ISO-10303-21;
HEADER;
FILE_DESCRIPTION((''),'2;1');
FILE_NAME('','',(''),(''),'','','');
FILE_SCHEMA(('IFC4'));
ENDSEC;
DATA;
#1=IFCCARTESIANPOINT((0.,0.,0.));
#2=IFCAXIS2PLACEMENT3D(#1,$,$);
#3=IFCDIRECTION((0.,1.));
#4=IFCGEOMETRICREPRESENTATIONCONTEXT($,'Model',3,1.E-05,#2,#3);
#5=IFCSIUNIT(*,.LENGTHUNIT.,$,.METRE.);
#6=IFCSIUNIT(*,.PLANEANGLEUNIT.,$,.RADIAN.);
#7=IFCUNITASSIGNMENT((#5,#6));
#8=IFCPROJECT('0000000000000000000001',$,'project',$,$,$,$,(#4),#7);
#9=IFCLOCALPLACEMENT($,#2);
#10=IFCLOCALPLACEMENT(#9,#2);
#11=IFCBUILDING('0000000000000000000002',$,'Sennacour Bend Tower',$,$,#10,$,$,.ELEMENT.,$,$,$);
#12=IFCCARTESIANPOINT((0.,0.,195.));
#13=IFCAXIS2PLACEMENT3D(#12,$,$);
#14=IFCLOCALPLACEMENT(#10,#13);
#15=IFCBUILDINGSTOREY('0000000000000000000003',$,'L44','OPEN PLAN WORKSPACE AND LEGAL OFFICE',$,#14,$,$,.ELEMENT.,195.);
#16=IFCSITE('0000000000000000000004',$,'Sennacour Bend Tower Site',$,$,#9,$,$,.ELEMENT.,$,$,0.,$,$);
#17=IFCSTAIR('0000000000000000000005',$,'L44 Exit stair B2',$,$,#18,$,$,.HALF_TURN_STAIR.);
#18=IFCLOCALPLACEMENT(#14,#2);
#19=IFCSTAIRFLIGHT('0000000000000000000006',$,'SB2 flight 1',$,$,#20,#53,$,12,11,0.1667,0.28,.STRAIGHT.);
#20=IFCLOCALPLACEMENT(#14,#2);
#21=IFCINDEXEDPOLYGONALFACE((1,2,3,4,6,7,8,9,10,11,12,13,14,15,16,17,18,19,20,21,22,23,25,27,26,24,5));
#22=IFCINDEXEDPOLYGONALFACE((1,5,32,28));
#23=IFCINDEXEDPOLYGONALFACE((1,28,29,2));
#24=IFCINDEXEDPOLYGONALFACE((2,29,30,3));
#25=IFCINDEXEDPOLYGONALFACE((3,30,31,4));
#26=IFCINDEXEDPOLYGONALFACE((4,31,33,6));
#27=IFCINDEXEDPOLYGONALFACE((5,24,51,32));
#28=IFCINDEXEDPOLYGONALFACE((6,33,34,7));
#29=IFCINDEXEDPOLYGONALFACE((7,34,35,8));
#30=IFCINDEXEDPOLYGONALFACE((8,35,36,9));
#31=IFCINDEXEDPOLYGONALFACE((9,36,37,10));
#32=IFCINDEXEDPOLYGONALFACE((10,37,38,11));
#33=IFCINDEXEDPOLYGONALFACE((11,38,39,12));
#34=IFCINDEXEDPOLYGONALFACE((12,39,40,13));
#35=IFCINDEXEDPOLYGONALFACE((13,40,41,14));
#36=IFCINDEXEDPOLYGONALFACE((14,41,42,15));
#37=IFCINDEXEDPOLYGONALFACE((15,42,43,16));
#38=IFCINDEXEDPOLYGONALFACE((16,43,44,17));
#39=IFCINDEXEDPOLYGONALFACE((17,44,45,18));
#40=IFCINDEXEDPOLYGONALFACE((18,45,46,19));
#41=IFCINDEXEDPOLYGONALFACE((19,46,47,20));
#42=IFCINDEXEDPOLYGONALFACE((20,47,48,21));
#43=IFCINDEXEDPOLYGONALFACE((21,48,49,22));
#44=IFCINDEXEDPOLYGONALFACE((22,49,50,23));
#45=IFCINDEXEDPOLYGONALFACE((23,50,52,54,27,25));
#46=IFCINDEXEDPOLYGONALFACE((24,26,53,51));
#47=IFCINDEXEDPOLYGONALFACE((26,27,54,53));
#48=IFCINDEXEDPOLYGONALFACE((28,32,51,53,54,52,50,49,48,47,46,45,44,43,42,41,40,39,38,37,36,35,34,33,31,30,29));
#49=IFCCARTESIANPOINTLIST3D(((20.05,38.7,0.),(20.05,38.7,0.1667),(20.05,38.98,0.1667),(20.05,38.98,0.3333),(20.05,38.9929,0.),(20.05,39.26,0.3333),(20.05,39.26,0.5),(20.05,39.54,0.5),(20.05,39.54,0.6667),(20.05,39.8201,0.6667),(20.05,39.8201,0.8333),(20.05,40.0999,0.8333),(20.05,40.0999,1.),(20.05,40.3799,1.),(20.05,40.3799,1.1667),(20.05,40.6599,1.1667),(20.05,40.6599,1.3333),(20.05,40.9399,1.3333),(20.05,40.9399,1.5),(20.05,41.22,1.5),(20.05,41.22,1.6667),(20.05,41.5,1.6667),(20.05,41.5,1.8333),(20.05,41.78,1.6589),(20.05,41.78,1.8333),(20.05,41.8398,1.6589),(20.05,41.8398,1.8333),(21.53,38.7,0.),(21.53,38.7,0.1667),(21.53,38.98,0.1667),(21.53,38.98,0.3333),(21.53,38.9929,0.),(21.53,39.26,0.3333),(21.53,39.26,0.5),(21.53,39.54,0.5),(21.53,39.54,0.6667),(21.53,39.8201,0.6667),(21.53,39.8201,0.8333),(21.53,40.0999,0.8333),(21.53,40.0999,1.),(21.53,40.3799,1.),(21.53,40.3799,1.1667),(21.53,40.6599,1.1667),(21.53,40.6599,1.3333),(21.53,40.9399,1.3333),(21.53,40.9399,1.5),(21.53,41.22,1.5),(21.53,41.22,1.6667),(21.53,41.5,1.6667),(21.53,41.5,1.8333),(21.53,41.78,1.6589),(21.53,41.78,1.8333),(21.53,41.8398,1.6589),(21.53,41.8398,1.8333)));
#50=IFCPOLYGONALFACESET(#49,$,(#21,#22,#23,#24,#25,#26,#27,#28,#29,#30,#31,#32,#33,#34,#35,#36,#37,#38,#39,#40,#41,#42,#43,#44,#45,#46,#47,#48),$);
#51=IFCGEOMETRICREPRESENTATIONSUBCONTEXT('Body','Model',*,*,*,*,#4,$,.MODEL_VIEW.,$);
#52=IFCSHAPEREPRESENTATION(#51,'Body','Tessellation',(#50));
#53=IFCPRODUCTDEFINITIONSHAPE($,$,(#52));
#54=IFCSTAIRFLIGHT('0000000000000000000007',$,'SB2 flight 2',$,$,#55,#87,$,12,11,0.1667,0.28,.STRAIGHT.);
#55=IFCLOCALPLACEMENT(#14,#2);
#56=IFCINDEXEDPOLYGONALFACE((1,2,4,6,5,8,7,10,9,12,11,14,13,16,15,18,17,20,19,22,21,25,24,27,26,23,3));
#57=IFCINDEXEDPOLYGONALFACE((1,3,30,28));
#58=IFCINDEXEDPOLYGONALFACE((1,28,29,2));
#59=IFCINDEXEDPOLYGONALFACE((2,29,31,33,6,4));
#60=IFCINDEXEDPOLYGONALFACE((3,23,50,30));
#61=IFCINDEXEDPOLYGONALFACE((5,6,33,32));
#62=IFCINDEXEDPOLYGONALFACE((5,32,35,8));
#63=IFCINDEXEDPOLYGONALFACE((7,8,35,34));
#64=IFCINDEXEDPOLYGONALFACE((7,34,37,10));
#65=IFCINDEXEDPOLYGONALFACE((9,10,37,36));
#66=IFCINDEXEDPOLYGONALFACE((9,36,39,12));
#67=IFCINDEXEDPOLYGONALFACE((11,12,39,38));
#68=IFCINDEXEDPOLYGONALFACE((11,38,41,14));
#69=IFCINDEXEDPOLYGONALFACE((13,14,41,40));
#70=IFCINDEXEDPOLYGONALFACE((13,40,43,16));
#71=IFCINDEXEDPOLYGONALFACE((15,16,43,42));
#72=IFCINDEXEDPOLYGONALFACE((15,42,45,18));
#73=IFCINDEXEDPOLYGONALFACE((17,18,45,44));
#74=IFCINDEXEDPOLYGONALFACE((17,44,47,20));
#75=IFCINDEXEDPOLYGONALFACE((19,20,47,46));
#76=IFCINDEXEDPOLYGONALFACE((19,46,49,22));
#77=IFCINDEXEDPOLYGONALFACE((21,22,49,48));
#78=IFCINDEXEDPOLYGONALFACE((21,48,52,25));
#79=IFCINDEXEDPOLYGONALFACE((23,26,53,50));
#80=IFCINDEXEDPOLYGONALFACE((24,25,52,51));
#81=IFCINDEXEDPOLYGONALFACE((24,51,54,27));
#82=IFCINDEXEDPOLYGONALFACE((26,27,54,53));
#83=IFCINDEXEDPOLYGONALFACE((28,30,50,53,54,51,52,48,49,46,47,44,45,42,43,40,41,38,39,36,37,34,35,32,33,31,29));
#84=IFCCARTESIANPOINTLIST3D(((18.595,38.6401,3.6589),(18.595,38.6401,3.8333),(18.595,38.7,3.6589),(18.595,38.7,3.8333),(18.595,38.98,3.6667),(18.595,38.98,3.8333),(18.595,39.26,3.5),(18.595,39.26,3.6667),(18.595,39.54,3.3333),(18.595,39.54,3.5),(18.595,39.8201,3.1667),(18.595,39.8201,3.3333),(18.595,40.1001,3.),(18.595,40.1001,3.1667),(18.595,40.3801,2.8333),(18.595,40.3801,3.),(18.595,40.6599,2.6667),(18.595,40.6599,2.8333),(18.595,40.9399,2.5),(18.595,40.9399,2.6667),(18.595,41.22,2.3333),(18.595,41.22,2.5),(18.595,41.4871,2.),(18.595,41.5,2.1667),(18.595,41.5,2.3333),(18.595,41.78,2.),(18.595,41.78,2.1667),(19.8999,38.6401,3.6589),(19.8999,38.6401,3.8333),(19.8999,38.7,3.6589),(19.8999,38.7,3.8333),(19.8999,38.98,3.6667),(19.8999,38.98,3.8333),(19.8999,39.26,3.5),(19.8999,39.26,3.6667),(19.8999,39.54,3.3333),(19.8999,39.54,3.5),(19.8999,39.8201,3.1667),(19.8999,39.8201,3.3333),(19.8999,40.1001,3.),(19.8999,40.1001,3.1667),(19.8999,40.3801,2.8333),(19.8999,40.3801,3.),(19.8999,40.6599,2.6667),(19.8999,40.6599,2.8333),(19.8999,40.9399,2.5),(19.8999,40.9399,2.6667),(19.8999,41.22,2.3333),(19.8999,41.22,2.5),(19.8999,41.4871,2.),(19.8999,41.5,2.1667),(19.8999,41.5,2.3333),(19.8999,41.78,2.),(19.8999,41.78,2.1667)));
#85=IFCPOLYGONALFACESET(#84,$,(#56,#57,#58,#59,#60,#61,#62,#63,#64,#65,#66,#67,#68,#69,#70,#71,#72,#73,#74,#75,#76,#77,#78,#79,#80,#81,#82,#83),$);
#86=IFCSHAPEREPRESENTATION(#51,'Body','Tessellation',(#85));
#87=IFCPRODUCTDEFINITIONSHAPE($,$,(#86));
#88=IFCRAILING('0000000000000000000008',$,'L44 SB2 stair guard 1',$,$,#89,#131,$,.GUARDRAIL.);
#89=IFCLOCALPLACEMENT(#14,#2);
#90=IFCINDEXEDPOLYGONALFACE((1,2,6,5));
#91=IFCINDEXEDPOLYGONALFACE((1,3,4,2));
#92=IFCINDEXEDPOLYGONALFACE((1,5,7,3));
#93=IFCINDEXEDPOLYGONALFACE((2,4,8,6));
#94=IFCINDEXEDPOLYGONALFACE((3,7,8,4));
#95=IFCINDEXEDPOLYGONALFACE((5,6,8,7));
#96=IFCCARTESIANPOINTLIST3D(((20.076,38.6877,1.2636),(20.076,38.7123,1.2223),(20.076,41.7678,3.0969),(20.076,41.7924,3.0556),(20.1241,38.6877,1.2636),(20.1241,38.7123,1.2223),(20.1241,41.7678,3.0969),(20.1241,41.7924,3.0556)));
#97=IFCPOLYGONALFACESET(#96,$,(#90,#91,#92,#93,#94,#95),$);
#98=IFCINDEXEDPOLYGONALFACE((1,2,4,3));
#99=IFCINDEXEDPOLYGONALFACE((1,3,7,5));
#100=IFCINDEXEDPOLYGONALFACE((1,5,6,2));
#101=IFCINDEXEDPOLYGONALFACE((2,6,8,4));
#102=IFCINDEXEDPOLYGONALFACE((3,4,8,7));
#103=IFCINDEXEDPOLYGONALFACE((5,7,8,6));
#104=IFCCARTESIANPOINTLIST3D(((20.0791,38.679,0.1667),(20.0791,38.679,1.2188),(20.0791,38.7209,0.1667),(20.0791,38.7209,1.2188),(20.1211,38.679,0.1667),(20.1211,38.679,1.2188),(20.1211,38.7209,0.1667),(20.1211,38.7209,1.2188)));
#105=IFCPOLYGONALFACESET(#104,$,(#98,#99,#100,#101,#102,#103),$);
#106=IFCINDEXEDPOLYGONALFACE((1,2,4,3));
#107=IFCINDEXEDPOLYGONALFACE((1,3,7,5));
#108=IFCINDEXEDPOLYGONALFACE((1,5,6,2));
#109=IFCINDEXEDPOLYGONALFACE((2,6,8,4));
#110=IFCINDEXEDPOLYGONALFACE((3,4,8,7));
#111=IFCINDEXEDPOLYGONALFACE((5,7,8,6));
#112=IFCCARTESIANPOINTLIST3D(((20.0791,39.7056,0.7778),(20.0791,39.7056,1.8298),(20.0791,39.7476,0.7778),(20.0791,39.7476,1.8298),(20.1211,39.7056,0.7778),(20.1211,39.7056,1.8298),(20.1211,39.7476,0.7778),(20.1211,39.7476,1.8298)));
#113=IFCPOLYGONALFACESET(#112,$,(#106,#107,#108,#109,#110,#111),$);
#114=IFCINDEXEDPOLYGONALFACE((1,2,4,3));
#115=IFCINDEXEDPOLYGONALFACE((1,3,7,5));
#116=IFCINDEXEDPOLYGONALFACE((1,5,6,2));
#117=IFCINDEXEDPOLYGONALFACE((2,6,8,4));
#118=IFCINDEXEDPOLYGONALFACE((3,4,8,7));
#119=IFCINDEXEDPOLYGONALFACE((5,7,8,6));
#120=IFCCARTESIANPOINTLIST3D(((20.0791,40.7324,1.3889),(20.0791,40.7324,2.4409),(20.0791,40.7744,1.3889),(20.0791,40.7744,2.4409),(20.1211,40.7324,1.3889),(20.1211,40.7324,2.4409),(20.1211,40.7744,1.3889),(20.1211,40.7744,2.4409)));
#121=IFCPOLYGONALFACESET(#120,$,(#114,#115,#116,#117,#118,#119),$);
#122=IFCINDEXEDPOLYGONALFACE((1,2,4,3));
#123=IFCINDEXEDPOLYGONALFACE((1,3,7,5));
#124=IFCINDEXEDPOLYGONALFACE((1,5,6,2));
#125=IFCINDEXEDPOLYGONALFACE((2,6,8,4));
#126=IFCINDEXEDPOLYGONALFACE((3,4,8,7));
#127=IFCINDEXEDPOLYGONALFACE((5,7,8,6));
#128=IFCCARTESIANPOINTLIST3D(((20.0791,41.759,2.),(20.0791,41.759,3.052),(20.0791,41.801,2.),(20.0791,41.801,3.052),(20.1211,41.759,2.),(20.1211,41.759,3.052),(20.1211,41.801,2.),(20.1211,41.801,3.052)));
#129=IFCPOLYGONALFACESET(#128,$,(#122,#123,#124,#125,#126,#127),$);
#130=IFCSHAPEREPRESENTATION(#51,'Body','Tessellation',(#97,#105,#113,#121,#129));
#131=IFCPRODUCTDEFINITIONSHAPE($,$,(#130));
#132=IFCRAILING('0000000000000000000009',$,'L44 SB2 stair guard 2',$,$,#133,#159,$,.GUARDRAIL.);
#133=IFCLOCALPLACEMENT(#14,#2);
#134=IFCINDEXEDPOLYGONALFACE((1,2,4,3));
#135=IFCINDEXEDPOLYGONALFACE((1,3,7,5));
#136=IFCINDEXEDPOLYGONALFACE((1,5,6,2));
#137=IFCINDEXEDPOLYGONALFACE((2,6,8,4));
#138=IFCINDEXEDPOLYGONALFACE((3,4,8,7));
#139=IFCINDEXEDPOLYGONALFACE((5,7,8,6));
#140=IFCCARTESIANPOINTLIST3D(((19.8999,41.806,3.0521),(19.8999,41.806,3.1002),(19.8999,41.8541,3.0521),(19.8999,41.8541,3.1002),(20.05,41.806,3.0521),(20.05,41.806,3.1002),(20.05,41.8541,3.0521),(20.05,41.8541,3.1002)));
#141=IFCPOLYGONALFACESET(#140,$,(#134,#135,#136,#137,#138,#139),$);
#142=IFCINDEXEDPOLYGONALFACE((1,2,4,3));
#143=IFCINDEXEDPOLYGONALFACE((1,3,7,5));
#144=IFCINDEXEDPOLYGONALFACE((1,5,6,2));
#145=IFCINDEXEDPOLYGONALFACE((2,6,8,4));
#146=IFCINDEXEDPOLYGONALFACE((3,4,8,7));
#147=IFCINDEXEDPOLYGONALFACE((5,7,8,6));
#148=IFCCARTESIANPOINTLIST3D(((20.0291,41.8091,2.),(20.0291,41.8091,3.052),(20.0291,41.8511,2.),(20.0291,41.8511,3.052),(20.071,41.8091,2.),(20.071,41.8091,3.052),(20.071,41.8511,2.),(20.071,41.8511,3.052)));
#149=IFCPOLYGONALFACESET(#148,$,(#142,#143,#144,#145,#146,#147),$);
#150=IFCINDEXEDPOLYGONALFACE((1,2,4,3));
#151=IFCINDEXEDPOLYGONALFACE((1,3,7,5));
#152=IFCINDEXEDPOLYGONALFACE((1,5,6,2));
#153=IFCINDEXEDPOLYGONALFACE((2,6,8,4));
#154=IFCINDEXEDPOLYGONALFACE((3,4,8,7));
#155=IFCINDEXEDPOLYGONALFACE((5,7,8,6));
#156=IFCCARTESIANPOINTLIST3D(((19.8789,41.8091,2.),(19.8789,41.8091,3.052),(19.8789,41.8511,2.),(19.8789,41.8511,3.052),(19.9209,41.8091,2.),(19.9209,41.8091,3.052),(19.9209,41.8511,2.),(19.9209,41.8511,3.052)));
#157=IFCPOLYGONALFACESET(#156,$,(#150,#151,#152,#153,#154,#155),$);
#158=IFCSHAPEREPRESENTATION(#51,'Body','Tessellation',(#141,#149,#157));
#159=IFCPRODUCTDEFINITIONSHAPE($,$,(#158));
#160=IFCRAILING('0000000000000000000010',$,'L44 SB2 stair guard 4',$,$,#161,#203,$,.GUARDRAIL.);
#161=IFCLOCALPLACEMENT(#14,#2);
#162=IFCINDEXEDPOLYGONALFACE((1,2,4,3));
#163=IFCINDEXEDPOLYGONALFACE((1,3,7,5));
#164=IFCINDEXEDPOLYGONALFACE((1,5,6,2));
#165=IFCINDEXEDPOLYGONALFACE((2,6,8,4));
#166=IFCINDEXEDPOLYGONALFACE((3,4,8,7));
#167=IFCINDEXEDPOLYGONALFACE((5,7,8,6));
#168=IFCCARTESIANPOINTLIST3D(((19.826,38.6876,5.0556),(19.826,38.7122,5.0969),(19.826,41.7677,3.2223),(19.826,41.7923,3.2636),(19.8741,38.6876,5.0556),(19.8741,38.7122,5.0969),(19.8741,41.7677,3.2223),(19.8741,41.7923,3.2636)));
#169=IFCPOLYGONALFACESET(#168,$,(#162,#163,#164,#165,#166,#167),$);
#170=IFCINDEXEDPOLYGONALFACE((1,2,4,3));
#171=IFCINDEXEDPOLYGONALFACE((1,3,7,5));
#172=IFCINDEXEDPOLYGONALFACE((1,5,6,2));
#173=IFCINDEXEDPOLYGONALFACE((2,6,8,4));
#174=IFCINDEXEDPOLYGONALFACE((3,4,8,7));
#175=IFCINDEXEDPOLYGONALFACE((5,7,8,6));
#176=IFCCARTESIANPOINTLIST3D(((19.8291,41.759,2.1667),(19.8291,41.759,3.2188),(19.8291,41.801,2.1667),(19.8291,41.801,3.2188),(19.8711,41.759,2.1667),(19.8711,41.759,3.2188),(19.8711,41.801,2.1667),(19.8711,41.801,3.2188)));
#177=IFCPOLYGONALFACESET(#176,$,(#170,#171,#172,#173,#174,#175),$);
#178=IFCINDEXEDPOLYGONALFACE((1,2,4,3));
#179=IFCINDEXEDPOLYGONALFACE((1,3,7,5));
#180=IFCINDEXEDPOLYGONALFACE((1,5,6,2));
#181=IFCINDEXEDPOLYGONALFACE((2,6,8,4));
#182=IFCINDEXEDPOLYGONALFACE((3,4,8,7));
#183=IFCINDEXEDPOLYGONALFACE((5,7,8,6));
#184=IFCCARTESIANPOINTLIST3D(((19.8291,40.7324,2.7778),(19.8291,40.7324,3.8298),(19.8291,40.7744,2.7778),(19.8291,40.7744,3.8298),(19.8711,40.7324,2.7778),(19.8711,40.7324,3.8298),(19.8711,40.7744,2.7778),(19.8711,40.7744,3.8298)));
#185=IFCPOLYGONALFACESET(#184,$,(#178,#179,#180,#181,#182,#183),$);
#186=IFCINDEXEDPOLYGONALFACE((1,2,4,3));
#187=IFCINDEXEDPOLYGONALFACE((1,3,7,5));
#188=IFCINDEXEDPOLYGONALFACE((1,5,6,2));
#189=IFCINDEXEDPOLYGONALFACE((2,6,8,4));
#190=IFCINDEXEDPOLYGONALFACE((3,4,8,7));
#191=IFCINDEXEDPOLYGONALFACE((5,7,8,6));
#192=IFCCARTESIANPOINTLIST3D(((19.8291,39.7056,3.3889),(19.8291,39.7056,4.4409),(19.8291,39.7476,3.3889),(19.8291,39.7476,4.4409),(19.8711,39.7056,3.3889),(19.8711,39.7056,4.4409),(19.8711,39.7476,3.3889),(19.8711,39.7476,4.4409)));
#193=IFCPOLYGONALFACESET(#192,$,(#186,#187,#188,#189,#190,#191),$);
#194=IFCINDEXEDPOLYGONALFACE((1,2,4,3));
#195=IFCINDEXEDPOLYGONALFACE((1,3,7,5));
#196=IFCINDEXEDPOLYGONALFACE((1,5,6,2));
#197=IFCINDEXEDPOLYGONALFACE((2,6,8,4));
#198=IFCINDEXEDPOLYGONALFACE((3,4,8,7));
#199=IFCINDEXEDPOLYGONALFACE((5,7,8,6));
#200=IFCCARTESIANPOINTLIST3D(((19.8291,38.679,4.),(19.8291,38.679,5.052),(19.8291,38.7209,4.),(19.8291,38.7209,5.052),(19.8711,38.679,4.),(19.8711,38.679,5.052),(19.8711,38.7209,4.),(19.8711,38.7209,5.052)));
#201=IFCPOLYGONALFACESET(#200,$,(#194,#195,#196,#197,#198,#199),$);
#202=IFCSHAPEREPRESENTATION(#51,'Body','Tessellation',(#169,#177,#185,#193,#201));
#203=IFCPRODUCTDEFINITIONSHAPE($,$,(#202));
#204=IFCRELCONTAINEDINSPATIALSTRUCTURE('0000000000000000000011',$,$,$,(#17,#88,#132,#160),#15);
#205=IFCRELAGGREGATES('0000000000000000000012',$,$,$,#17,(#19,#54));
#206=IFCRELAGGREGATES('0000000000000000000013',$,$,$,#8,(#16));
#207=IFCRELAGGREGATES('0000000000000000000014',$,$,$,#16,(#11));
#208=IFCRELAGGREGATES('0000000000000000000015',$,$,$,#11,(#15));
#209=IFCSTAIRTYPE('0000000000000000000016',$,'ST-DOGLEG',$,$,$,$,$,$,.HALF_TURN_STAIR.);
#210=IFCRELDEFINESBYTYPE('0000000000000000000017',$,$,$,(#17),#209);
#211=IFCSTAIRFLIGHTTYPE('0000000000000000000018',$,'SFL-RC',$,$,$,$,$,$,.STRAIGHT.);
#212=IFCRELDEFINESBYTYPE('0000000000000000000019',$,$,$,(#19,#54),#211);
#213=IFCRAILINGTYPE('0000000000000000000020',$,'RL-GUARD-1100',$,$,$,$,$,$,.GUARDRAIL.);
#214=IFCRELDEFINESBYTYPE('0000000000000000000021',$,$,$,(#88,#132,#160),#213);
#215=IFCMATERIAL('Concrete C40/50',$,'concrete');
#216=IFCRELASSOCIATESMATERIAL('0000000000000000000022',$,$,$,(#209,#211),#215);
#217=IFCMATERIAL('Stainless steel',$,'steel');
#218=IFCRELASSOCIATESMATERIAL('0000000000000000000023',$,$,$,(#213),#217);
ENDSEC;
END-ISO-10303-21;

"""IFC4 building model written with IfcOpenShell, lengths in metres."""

from ifc_helpers import new_model, si_unit, direction, frame, origin, origin_2d, place, context, subcontext, project, spatial, polyline, rectangle, outline, extrude, material, type_object, element, aggregate, save


model = new_model("IFC4")

# Units and contexts
model_context = context("Model", 3, precision=1e-05, world=origin(), true_north=direction((0.0, 1.0)))
body_context = subcontext(model_context, "Body", "Model", "MODEL_VIEW")
ifc_project = project(units=[si_unit("LENGTHUNIT", "METRE"), si_unit("PLANEANGLEUNIT", "RADIAN")], contexts=[model_context])

# Site, building, storey
site_placement = place(None, origin())
site = spatial("IfcSite", under=ifc_project, at=site_placement, Name="Sennacour Bend Tower Site", CompositionType="ELEMENT", RefElevation=0.0)
building_placement = place(site_placement, origin())
building = spatial("IfcBuilding", under=site, at=building_placement, Name="Sennacour Bend Tower", CompositionType="ELEMENT")
storey_placement = place(building_placement, frame((0.0, 0.0, 195.0)))
storey = spatial("IfcBuildingStorey", under=building, at=storey_placement, Name="L44", Description="OPEN PLAN WORKSPACE AND LEGAL OFFICE", CompositionType="ELEMENT", Elevation=195.0)

# Shared definitions
ifc_material_1 = material(Name="Stainless steel", Category="steel")

# Stair, stair flights
ifc_material_2 = material(Name="Concrete C40/50", Category="concrete")
stair_type = type_object("IfcStairType", Name="ST-DOGLEG", PredefinedType="HALF_TURN_STAIR", material=ifc_material_2)
stair_placement = place(storey_placement, origin())
stair = element("IfcStair", 1, at=stair_placement, inside=storey, type_object=stair_type, Name="L44 Exit stair B2", PredefinedType="HALF_TURN_STAIR")
stair_flight_type = type_object("IfcStairFlightType", Name="SFL-RC", PredefinedType="STRAIGHT", material=ifc_material_2)
stair_flight_1_placement = place(storey_placement, frame((20.79, 38.7, 0.0), z_axis=(0.0, 0.0, 1.0), x_axis=(0.0, 1.0, 0.0)))
stair_flight_1 = element("IfcStairFlight", 2, at=stair_flight_1_placement, type_object=stair_flight_type, Name="SB2 flight 1", NumberOfRisers=12, NumberOfTreads=11, PredefinedType="STRAIGHT", RiserHeight=0.1667, TreadLength=0.28, context=body_context, shape_type="SweptSolid", body=[
    extrude(outline(polyline([(0.0, 0.0), (0.0, 0.1667), (0.28, 0.1667), (0.28, 0.3333), (0.5601, 0.3333), (0.5601, 0.5), (0.8401, 0.5), (0.8401, 0.6667), (1.1201, 0.6667), (1.1201, 0.8333), (1.3999, 0.8333), (1.3999, 1.0), (1.6799, 1.0), (1.6799, 1.1667), (1.96, 1.1667), (1.96, 1.3333), (2.24, 1.3333), (2.24, 1.5), (2.52, 1.5), (2.52, 1.6667), (2.8, 1.6667), (2.8, 1.8333), (3.0801, 1.8333), (3.1399, 1.8333), (3.1399, 1.6589), (3.0801, 1.6589), (0.293, 0.0), (0.0, 0.0)])), frame((0.0, 0.74, 0.0), z_axis=(0.0, -1.0, 0.0), x_axis=(1.0, 0.0, 0.0)), (0.0, 0.0, 1.0), 1.48),
])
stair_flight_2_placement = place(storey_placement, frame((19.2476, 41.78, 2.0), z_axis=(0.0, 0.0, 1.0), x_axis=(0.0, -1.0, 0.0)))
stair_flight_2 = element("IfcStairFlight", 3, at=stair_flight_2_placement, type_object=stair_flight_type, Name="SB2 flight 2", NumberOfRisers=12, NumberOfTreads=11, PredefinedType="STRAIGHT", RiserHeight=0.1667, TreadLength=0.28, context=body_context, shape_type="SweptSolid", body=[
    extrude(outline(polyline([(0.0, 0.0), (0.0, 0.1667), (0.28, 0.1667), (0.28, 0.3333), (0.5601, 0.3333), (0.5601, 0.5), (0.8401, 0.5), (0.8401, 0.6667), (1.1201, 0.6667), (1.1201, 0.8333), (1.3999, 0.8333), (1.3999, 1.0), (1.6799, 1.0), (1.6799, 1.1667), (1.96, 1.1667), (1.96, 1.3333), (2.24, 1.3333), (2.24, 1.5), (2.52, 1.5), (2.52, 1.6667), (2.8, 1.6667), (2.8, 1.8333), (3.0801, 1.8333), (3.1399, 1.8333), (3.1399, 1.6589), (3.0801, 1.6589), (0.293, 0.0), (0.0, 0.0)])), frame((0.0, 0.6523, 0.0), z_axis=(0.0, -1.0, 0.0), x_axis=(1.0, 0.0, 0.0)), (0.0, 0.0, 1.0), 1.3049),
])
aggregate(stair, [stair_flight_1, stair_flight_2])

# Railings
railing_type_1 = type_object("IfcRailingType", Name="RL-GUARD-1100", PredefinedType="GUARDRAIL", material=ifc_material_1)
railing_1_placement = place(storey_placement, frame((20.1001, 38.7, 0.1667)))
element("IfcRailing", 4, at=railing_1_placement, inside=storey, type_object=railing_type_1, Name="L44 SB2 stair guard 1", PredefinedType="GUARDRAIL", context=body_context, shape_type="SweptSolid", body=[
    extrude(rectangle(XDim=0.0481, YDim=0.0481, at=origin_2d()), frame((0.0, 0.0, 1.0762), z_axis=(0.0, 0.859309, 0.511458), x_axis=(-1.0, 0.0, 0.0)), (0.0, 0.0, 1.0), 3.5845),
    extrude(rectangle(XDim=0.042, YDim=0.042, at=origin_2d()), origin(), (0.0, 0.0, 1.0), 1.052),
    extrude(rectangle(XDim=0.042, YDim=0.042, at=origin_2d()), frame((0.0, 1.0266, 0.6111)), (0.0, 0.0, 1.0), 1.052),
    extrude(rectangle(XDim=0.042, YDim=0.042, at=origin_2d()), frame((0.0, 2.0535, 1.2222)), (0.0, 0.0, 1.0), 1.052),
    extrude(rectangle(XDim=0.042, YDim=0.042, at=origin_2d()), frame((0.0, 3.0801, 1.8333)), (0.0, 0.0, 1.0), 1.052),
])
railing_2_placement = place(storey_placement, frame((20.05, 41.8301, 2.0)))
element("IfcRailing", 5, at=railing_2_placement, inside=storey, type_object=railing_type_1, Name="L44 SB2 stair guard 2", PredefinedType="GUARDRAIL", context=body_context, shape_type="SweptSolid", body=[
    extrude(rectangle(XDim=0.0481, YDim=0.0481, at=origin_2d()), frame((0.0, 0.0, 1.0762), z_axis=(-1.0, 0.0, 0.0), x_axis=(0.0, -1.0, 0.0)), (0.0, 0.0, 1.0), 0.1501),
    extrude(rectangle(XDim=0.042, YDim=0.042, at=origin_2d()), origin(), (0.0, 0.0, 1.0), 1.052),
    extrude(rectangle(XDim=0.042, YDim=0.042, at=origin_2d()), frame((-0.1501, 0.0, 0.0)), (0.0, 0.0, 1.0), 1.052),
])
railing_3_placement = place(storey_placement, frame((19.8501, 41.78, 2.1667)))
element("IfcRailing", 6, at=railing_3_placement, inside=storey, type_object=railing_type_1, Name="L44 SB2 stair guard 4", PredefinedType="GUARDRAIL", context=body_context, shape_type="SweptSolid", body=[
    extrude(rectangle(XDim=0.0481, YDim=0.0481, at=origin_2d()), frame((0.0, 0.0, 1.0762), z_axis=(0.0, -0.859309, 0.511458), x_axis=(1.0, 0.0, 0.0)), (0.0, 0.0, 1.0), 3.5845),
    extrude(rectangle(XDim=0.042, YDim=0.042, at=origin_2d()), origin(), (0.0, 0.0, 1.0), 1.052),
    extrude(rectangle(XDim=0.042, YDim=0.042, at=origin_2d()), frame((0.0, -1.0266, 0.6111)), (0.0, 0.0, 1.0), 1.052),
    extrude(rectangle(XDim=0.042, YDim=0.042, at=origin_2d()), frame((0.0, -2.0535, 1.2222)), (0.0, 0.0, 1.0), 1.052),
    extrude(rectangle(XDim=0.042, YDim=0.042, at=origin_2d()), frame((0.0, -3.0801, 1.8333)), (0.0, 0.0, 1.0), 1.052),
])

save(model, "model.ifc")
